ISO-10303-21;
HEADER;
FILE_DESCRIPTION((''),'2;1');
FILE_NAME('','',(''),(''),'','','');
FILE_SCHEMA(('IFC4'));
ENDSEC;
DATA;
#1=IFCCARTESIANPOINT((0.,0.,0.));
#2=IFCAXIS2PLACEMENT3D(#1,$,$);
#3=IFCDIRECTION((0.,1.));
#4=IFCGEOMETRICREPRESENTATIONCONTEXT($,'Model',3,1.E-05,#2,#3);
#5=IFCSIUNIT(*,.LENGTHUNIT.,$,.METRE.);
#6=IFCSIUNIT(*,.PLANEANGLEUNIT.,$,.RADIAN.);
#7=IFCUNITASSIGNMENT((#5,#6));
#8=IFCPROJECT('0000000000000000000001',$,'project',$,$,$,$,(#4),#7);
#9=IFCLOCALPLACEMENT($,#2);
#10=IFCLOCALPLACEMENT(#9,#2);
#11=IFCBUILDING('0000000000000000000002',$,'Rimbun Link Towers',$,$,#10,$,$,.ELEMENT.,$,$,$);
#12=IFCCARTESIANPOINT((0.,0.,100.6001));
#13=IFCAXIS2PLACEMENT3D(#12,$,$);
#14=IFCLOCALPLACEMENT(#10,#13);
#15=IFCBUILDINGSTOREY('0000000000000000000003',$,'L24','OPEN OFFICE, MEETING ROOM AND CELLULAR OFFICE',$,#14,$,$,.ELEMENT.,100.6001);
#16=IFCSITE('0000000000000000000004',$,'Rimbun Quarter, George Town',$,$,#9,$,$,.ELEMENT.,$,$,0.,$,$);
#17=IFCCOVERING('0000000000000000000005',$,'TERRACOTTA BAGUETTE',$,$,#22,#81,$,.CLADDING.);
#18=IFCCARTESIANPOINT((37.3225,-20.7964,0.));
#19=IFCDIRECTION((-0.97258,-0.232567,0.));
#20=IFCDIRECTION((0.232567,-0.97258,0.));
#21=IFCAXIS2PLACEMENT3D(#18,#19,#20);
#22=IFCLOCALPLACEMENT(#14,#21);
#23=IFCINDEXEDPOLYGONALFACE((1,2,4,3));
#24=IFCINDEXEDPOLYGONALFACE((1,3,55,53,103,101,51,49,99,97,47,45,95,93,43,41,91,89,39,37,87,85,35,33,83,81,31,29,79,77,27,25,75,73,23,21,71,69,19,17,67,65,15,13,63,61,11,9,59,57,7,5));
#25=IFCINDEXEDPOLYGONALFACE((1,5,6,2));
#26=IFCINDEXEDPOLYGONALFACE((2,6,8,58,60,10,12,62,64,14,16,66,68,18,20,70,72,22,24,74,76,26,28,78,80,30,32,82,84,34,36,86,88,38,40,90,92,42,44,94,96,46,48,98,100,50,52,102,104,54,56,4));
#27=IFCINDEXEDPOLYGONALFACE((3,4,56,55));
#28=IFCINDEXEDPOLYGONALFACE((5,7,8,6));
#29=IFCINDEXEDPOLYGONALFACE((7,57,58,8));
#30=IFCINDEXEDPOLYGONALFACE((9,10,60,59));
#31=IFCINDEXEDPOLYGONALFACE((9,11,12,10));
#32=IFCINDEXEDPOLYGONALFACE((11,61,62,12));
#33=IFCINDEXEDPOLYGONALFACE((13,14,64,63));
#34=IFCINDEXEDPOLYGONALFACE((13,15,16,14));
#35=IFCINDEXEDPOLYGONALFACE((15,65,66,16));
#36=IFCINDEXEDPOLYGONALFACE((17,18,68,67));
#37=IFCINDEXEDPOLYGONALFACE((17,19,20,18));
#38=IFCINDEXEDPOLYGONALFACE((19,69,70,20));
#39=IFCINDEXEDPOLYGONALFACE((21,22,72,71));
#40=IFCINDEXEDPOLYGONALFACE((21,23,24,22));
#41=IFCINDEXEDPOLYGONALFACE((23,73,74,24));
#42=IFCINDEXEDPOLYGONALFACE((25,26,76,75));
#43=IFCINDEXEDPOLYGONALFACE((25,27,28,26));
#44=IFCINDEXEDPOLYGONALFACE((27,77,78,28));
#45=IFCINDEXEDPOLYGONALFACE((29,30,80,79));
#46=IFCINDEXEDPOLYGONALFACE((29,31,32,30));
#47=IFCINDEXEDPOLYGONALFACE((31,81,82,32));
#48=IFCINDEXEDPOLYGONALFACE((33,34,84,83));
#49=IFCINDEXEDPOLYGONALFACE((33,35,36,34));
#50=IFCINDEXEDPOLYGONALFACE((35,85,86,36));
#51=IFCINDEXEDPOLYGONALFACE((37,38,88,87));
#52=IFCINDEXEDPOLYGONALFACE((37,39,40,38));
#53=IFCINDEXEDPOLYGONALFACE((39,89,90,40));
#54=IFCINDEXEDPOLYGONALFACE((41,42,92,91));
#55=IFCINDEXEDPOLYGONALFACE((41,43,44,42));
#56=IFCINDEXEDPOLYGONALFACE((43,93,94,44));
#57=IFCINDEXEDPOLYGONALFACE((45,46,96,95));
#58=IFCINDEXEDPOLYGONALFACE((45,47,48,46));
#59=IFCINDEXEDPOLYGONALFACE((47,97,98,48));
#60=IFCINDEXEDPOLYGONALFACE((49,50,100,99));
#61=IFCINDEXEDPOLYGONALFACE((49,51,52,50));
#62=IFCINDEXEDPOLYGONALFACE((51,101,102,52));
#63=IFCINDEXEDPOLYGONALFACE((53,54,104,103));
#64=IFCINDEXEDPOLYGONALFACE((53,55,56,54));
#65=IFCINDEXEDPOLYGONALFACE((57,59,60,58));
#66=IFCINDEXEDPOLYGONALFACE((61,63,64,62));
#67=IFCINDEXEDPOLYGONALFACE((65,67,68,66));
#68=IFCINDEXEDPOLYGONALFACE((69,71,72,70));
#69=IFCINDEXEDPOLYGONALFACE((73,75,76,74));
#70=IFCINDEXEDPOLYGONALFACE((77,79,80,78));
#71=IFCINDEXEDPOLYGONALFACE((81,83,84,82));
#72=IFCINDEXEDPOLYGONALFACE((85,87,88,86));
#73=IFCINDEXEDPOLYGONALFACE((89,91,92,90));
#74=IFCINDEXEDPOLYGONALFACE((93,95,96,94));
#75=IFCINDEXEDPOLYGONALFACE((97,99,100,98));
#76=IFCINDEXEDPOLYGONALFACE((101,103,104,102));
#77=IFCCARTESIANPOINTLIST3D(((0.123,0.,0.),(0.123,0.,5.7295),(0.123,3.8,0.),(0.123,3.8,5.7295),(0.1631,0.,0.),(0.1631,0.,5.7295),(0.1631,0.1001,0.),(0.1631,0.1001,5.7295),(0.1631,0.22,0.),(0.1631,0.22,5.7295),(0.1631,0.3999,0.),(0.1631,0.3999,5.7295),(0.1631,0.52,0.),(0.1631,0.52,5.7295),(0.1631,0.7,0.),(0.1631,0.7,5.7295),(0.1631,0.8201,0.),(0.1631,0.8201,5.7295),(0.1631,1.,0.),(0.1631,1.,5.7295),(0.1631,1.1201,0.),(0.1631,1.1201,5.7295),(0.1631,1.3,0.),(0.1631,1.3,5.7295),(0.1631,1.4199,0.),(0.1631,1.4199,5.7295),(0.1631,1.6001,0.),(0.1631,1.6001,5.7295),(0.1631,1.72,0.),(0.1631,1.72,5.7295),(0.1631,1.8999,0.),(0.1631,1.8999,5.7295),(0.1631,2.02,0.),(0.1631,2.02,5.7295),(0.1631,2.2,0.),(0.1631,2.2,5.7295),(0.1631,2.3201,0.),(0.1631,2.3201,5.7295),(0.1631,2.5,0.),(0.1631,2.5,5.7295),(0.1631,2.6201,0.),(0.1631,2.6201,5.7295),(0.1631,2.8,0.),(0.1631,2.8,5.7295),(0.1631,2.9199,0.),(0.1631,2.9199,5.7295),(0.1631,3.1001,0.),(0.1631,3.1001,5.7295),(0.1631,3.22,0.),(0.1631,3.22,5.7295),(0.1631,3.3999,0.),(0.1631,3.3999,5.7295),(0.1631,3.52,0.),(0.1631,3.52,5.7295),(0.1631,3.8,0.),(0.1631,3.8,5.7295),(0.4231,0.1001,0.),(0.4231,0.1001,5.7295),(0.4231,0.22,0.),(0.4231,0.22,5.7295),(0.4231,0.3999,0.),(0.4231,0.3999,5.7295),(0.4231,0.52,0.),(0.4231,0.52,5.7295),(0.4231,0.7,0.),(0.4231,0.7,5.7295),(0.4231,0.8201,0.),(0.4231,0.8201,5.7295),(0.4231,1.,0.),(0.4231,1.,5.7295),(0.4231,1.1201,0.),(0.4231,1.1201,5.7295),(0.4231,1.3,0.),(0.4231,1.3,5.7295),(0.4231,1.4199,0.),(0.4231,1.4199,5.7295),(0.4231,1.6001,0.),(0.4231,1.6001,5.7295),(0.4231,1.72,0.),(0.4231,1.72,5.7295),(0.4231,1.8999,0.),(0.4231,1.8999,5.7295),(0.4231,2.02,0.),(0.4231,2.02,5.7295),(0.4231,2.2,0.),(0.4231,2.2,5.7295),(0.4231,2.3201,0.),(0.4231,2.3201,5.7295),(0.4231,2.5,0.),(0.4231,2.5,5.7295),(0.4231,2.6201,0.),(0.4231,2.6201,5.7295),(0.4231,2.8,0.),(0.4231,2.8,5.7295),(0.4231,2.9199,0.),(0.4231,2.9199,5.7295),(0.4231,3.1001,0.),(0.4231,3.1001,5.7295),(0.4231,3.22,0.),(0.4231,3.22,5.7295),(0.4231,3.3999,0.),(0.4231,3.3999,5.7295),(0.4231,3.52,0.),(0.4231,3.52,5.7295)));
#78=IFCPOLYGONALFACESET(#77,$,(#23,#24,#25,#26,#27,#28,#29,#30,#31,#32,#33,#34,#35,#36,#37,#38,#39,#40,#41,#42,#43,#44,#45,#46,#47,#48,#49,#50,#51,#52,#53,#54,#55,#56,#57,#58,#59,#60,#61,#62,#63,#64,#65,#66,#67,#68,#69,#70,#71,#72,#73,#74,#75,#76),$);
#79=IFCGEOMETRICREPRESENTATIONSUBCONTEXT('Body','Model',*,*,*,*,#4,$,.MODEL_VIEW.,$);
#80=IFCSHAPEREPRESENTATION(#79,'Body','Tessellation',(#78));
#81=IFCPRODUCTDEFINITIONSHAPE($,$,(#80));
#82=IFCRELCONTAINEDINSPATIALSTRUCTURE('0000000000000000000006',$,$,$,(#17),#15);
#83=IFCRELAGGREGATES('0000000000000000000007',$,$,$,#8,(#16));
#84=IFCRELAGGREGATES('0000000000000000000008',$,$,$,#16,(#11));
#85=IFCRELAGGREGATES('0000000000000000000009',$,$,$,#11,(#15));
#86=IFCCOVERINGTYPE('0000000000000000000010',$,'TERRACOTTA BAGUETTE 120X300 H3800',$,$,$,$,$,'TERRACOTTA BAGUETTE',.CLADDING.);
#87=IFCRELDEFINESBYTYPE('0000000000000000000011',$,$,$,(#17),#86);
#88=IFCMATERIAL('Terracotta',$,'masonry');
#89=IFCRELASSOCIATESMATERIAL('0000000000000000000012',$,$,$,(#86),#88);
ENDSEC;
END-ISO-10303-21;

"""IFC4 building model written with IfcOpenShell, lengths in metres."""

from ifc_helpers import new_model, si_unit, direction, frame, origin, place, context, subcontext, project, spatial, polyline, outline, extrude, material, material_profile, profile_set, type_object, element, save


model = new_model("IFC4")

# Units and contexts
model_context = context("Model", 3, precision=1e-05, world=origin(), true_north=direction((0.0, 1.0)))
body_context = subcontext(model_context, "Body", "Model", "MODEL_VIEW")
ifc_project = project(units=[si_unit("LENGTHUNIT", "METRE"), si_unit("PLANEANGLEUNIT", "RADIAN")], contexts=[model_context])

# Site, building, storey
site_placement = place(None, origin())
site = spatial("IfcSite", under=ifc_project, at=site_placement, Name="Rimbun Quarter, George Town", CompositionType="ELEMENT", RefElevation=0.0)
building_placement = place(site_placement, origin())
building = spatial("IfcBuilding", under=site, at=building_placement, Name="Rimbun Link Towers", CompositionType="ELEMENT")
storey_placement = place(building_placement, frame((0.0, 0.0, 100.6001)))
storey = spatial("IfcBuildingStorey", under=building, at=storey_placement, Name="L24", Description="OPEN OFFICE, MEETING ROOM AND CELLULAR OFFICE", CompositionType="ELEMENT", Elevation=100.6001)

# Covering
ifc_material_1 = material(Name="Terracotta", Category="masonry")
ifc_material_profile_1 = material_profile(ifc_material_1, outline(polyline([(0.123, 0.0), (0.1631, 0.0), (0.1631, 0.1001), (0.4231, 0.1001), (0.4231, 0.22), (0.1631, 0.22), (0.1631, 0.3999), (0.4231, 0.3999), (0.4231, 0.52), (0.1631, 0.52), (0.1631, 0.7), (0.4231, 0.7), (0.4231, 0.8201), (0.1631, 0.8201), (0.1631, 1.0), (0.4231, 1.0), (0.4231, 1.1201), (0.1631, 1.1201), (0.1631, 1.3), (0.4231, 1.3), (0.4231, 1.4199), (0.1631, 1.4199), (0.1631, 1.6001), (0.4231, 1.6001), (0.4231, 1.72), (0.1631, 1.72), (0.1631, 1.8999), (0.4231, 1.8999), (0.4231, 2.02), (0.1631, 2.02), (0.1631, 2.2), (0.4231, 2.2), (0.4231, 2.3201), (0.1631, 2.3201), (0.1631, 2.5), (0.4231, 2.5), (0.4231, 2.6201), (0.1631, 2.6201), (0.1631, 2.8), (0.4231, 2.8), (0.4231, 2.9199), (0.1631, 2.9199), (0.1631, 3.1001), (0.4231, 3.1001), (0.4231, 3.22), (0.1631, 3.22), (0.1631, 3.3999), (0.4231, 3.3999), (0.4231, 3.52), (0.1631, 3.52), (0.1631, 3.8), (0.123, 3.8), (0.123, 0.0)])), Name="BAGUETTE 120X300")
ifc_profile_set_1 = profile_set([ifc_material_profile_1], Name="Terracotta")
covering_type = type_object("IfcCoveringType", Name="TERRACOTTA BAGUETTE 120X300 H3800", ElementType="TERRACOTTA BAGUETTE", PredefinedType="CLADDING", material=ifc_profile_set_1)
covering_placement = place(storey_placement, frame((37.3225, -20.7964, 0.0), z_axis=(-0.97258, -0.232567, 0.0), x_axis=(0.232567, -0.97258, 0.0)))
element("IfcCovering", 1, at=covering_placement, inside=storey, type_object=covering_type, Name="TERRACOTTA BAGUETTE", PredefinedType="CLADDING", context=body_context, shape_type="SweptSolid", body=[
    extrude(outline(polyline([(0.123, 0.0), (0.1631, 0.0), (0.1631, 0.1001), (0.4231, 0.1001), (0.4231, 0.22), (0.1631, 0.22), (0.1631, 0.3999), (0.4231, 0.3999), (0.4231, 0.52), (0.1631, 0.52), (0.1631, 0.7), (0.4231, 0.7), (0.4231, 0.8201), (0.1631, 0.8201), (0.1631, 1.0), (0.4231, 1.0), (0.4231, 1.1201), (0.1631, 1.1201), (0.1631, 1.3), (0.4231, 1.3), (0.4231, 1.4199), (0.1631, 1.4199), (0.1631, 1.6001), (0.4231, 1.6001), (0.4231, 1.72), (0.1631, 1.72), (0.1631, 1.8999), (0.4231, 1.8999), (0.4231, 2.02), (0.1631, 2.02), (0.1631, 2.2), (0.4231, 2.2), (0.4231, 2.3201), (0.1631, 2.3201), (0.1631, 2.5), (0.4231, 2.5), (0.4231, 2.6201), (0.1631, 2.6201), (0.1631, 2.8), (0.4231, 2.8), (0.4231, 2.9199), (0.1631, 2.9199), (0.1631, 3.1001), (0.4231, 3.1001), (0.4231, 3.22), (0.1631, 3.22), (0.1631, 3.3999), (0.4231, 3.3999), (0.4231, 3.52), (0.1631, 3.52), (0.1631, 3.8), (0.123, 3.8), (0.123, 0.0)])), origin(), (0.0, 0.0, 1.0), 5.7295),
])

save(model, "model.ifc")
